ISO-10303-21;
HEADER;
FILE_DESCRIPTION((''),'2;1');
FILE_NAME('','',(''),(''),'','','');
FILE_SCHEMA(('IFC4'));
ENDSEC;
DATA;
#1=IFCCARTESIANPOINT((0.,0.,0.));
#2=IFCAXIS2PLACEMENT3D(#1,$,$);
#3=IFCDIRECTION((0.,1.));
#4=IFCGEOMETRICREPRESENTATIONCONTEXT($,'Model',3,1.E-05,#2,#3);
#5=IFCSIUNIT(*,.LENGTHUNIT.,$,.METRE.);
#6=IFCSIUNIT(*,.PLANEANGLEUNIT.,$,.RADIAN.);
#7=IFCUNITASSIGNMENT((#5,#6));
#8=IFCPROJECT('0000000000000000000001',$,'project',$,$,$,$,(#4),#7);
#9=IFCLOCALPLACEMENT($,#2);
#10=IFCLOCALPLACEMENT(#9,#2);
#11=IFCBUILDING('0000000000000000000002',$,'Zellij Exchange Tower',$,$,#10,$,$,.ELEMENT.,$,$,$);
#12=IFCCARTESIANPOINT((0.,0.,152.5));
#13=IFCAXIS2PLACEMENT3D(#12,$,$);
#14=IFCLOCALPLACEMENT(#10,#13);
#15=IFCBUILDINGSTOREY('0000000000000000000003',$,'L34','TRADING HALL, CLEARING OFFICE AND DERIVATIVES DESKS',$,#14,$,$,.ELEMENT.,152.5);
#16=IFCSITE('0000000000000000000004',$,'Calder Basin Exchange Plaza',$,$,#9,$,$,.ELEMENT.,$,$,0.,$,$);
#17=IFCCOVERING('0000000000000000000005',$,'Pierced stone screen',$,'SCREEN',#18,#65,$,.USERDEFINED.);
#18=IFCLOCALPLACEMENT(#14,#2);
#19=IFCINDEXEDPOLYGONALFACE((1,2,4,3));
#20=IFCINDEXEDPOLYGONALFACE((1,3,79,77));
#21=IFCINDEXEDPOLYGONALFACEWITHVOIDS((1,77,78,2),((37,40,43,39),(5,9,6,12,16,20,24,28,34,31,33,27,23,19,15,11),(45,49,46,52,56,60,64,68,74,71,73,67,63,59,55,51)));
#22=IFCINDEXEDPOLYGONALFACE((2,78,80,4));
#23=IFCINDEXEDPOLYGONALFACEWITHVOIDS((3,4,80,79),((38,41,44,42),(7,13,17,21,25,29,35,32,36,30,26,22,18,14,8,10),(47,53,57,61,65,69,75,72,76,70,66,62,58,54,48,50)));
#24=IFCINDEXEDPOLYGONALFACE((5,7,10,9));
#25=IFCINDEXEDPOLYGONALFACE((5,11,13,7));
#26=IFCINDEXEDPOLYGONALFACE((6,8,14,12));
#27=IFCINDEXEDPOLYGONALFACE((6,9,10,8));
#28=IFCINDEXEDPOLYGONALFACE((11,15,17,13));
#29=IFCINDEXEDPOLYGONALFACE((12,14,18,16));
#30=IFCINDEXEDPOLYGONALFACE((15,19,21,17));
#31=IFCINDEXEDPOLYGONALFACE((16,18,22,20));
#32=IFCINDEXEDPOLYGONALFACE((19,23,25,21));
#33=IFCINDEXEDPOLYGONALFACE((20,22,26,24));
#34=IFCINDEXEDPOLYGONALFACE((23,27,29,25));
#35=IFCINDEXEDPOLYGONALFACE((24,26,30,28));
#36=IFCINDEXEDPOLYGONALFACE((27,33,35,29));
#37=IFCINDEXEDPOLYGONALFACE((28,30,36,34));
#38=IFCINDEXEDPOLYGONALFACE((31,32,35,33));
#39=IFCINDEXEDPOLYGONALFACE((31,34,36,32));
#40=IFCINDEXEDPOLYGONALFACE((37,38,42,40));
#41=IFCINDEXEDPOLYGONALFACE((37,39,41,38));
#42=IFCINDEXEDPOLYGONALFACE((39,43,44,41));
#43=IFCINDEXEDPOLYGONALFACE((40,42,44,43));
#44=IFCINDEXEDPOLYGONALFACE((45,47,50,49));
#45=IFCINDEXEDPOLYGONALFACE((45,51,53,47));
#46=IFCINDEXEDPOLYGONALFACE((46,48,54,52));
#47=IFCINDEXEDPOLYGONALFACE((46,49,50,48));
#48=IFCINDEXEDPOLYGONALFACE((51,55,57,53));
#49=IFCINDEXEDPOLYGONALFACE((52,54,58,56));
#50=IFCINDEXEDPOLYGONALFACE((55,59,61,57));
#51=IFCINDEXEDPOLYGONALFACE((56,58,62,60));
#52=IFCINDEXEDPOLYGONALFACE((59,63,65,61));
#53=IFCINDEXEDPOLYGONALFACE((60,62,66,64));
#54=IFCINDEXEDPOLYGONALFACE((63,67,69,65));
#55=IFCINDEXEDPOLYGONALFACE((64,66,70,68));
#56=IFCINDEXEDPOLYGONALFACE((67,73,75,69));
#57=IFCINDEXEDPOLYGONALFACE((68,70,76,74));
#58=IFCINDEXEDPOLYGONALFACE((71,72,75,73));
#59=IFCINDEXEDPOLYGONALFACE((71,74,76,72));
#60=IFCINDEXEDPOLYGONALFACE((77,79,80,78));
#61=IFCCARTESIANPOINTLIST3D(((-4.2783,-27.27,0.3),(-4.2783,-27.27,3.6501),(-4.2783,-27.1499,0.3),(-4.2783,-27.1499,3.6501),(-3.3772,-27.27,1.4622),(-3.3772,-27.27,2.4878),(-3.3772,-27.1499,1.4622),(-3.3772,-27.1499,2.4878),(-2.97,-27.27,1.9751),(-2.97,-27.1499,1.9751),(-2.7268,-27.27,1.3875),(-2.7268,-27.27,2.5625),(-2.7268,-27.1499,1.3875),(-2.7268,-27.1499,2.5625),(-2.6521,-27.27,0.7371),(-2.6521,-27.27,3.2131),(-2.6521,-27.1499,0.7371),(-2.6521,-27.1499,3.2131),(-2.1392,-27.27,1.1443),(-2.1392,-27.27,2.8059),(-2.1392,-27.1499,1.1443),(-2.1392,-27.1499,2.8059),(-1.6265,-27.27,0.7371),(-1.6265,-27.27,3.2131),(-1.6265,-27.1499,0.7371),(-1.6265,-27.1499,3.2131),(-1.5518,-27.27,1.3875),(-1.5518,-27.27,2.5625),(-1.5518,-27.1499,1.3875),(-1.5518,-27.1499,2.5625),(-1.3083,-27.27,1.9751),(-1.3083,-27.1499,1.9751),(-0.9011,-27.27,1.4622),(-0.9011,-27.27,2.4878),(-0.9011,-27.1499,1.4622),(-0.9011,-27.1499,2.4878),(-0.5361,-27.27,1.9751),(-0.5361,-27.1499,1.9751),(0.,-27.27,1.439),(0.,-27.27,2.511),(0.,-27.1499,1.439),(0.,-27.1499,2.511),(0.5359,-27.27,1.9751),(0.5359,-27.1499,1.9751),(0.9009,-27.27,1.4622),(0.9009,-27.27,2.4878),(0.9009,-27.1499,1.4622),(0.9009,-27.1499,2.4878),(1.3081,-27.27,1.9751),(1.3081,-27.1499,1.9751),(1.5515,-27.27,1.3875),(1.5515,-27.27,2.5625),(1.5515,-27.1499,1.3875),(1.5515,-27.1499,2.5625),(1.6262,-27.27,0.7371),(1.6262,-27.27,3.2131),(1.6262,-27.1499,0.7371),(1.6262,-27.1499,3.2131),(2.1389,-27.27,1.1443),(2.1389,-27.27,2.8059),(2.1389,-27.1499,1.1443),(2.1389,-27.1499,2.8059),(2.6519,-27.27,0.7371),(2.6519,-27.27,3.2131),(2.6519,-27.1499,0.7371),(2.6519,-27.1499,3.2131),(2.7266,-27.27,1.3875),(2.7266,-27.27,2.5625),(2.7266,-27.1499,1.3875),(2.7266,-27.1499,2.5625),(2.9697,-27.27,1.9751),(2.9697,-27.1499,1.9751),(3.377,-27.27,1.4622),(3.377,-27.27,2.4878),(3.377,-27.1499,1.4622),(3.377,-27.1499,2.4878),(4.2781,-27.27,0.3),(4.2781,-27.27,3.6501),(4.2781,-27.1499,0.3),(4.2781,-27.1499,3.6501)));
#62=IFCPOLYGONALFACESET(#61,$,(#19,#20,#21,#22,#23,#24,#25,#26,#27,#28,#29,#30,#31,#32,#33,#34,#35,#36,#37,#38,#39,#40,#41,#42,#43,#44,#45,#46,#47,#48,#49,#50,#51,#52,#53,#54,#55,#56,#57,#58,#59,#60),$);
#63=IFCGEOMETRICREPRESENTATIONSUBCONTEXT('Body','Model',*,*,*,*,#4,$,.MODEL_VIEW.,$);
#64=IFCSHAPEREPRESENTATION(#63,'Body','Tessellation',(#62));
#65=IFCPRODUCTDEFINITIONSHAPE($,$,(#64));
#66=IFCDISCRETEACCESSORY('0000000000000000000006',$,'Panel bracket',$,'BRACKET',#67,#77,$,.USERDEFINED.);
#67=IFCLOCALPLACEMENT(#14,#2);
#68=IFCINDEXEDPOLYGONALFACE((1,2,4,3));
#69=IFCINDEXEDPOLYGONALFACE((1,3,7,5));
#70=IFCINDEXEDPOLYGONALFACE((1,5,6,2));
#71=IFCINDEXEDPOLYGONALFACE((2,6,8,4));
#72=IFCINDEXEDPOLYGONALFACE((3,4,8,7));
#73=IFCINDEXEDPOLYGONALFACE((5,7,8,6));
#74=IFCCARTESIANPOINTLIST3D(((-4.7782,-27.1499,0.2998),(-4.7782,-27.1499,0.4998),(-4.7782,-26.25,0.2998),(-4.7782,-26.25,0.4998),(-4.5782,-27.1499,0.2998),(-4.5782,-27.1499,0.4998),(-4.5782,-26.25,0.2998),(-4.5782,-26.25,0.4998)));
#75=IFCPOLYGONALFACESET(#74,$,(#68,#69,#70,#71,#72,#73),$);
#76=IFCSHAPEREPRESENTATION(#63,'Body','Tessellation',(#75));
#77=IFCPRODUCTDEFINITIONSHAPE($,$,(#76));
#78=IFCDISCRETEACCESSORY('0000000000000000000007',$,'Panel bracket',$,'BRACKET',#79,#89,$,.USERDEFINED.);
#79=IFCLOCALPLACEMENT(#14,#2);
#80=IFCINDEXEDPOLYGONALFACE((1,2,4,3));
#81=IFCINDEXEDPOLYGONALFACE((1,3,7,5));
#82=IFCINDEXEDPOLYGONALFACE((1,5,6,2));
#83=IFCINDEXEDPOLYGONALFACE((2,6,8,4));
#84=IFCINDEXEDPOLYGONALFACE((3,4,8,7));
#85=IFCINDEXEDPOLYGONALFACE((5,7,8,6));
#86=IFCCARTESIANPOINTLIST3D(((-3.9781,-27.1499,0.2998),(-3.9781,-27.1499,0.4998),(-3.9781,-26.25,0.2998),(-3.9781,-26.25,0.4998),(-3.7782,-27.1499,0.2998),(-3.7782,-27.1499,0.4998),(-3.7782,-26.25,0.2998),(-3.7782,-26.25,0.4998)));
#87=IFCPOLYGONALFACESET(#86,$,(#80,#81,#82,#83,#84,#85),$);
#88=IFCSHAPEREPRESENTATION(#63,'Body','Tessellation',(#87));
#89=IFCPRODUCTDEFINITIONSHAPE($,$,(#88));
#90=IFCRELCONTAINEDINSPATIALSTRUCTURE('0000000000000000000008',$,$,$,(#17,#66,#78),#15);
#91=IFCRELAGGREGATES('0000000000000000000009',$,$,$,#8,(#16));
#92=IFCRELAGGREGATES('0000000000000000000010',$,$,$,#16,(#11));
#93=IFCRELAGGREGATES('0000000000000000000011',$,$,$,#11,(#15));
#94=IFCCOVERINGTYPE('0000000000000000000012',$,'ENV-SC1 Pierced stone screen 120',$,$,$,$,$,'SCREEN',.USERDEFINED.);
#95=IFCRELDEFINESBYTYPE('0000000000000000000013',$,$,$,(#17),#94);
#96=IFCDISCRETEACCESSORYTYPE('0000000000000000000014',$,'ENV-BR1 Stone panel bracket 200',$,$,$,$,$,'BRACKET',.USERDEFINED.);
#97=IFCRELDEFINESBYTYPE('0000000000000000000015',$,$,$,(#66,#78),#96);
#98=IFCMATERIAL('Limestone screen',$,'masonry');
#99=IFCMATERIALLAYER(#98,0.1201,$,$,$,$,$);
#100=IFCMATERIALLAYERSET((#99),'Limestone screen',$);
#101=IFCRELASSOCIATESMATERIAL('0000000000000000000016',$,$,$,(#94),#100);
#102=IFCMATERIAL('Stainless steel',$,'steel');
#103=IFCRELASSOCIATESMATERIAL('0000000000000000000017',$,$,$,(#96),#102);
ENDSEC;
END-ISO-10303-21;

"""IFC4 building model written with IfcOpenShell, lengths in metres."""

from ifc_helpers import new_model, si_unit, direction, frame, origin, origin_2d, place, context, subcontext, project, spatial, polyline, rectangle, outline, extrude, material, layer, layer_set, type_object, element, save


model = new_model("IFC4")

# Units and contexts
model_context = context("Model", 3, precision=1e-05, world=origin(), true_north=direction((0.0, 1.0)))
body_context = subcontext(model_context, "Body", "Model", "MODEL_VIEW")
ifc_project = project(units=[si_unit("LENGTHUNIT", "METRE"), si_unit("PLANEANGLEUNIT", "RADIAN")], contexts=[model_context])

# Site, building, storey
site_placement = place(None, origin())
site = spatial("IfcSite", under=ifc_project, at=site_placement, Name="Calder Basin Exchange Plaza", CompositionType="ELEMENT", RefElevation=0.0)
building_placement = place(site_placement, origin())
building = spatial("IfcBuilding", under=site, at=building_placement, Name="Zellij Exchange Tower", CompositionType="ELEMENT")
storey_placement = place(building_placement, frame((0.0, 0.0, 152.5)))
storey = spatial("IfcBuildingStorey", under=building, at=storey_placement, Name="L34", Description="TRADING HALL, CLEARING OFFICE AND DERIVATIVES DESKS", CompositionType="ELEMENT", Elevation=152.5)

# Shared definitions
ifc_material_1 = material(Name="Stainless steel", Category="steel")

# Covering
ifc_material_2 = material(Name="Limestone screen", Category="masonry")
ifc_layer_1 = layer(ifc_material_2, 0.1201)
ifc_layer_set_1 = layer_set([ifc_layer_1], Name="Limestone screen")
covering_type = type_object("IfcCoveringType", Name="ENV-SC1 Pierced stone screen 120", ElementType="SCREEN", PredefinedType="USERDEFINED", material=ifc_layer_set_1)
covering_placement = place(storey_placement, frame((-4.2783, -27.21, 0.3), z_axis=(0.0, 0.0, 1.0), x_axis=(1.0, 0.0, 0.0)))
element("IfcCovering", 1, at=covering_placement, inside=storey, type_object=covering_type, Name="Pierced stone screen", ObjectType="SCREEN", PredefinedType="USERDEFINED", context=body_context, shape_type="SweptSolid", body=[
    extrude(outline(polyline([(0.0, 0.0), (8.5564, 0.0), (8.5564, 3.3501), (0.0, 3.3501), (0.0, 0.0)]), holes=[polyline([(3.3772, 2.1877), (2.7266, 2.2625), (2.6519, 2.9131), (2.1392, 2.5059), (1.6262, 2.9131), (1.5515, 2.2625), (0.9011, 2.1877), (1.3083, 1.675), (0.9011, 1.1621), (1.5515, 1.0874), (1.6262, 0.437), (2.1392, 0.8442), (2.6519, 0.437), (2.7266, 1.0874), (3.3772, 1.1621), (2.97, 1.675), (3.3772, 2.1877)]), polyline([(7.6553, 2.1877), (7.0049, 2.2625), (6.9302, 2.9131), (6.4172, 2.5059), (5.9045, 2.9131), (5.8298, 2.2625), (5.1792, 2.1877), (5.5864, 1.675), (5.1792, 1.1621), (5.8298, 1.0874), (5.9045, 0.437), (6.4172, 0.8442), (6.9302, 0.437), (7.0049, 1.0874), (7.6553, 1.1621), (7.248, 1.675), (7.6553, 2.1877)]), polyline([(4.8142, 1.675), (4.2783, 2.2109), (3.7422, 1.675), (4.2783, 1.1389), (4.8142, 1.675)])]), frame((0.0, 0.0601, 0.0), z_axis=(0.0, -1.0, 0.0), x_axis=(1.0, 0.0, 0.0)), (0.0, 0.0, 1.0), 0.1201),
])

# Discrete accessories
discrete_accessory_type = type_object("IfcDiscreteAccessoryType", Name="ENV-BR1 Stone panel bracket 200", ElementType="BRACKET", PredefinedType="USERDEFINED", material=ifc_material_1)
for number, where, z_axis, x_axis, name in (
    (2, (-4.6782, -26.7, 0.2998), (0.0, 0.0, 1.0), (1.0, 0.0, 0.0), "Panel bracket"),
    (3, (-3.8782, -26.7, 0.2998), (0.0, 0.0, 1.0), (1.0, 0.0, 0.0), "Panel bracket"),
):
    element("IfcDiscreteAccessory", number, at=place(storey_placement, frame(where, z_axis=z_axis, x_axis=x_axis)), inside=storey, type_object=discrete_accessory_type, Name=name, ObjectType="BRACKET", PredefinedType="USERDEFINED", context=body_context, shape_type="SweptSolid", body=[
        extrude(rectangle(XDim=0.2, YDim=0.8999, at=origin_2d()), origin(), (0.0, 0.0, 1.0), 0.2),
    ])

save(model, "model.ifc")
